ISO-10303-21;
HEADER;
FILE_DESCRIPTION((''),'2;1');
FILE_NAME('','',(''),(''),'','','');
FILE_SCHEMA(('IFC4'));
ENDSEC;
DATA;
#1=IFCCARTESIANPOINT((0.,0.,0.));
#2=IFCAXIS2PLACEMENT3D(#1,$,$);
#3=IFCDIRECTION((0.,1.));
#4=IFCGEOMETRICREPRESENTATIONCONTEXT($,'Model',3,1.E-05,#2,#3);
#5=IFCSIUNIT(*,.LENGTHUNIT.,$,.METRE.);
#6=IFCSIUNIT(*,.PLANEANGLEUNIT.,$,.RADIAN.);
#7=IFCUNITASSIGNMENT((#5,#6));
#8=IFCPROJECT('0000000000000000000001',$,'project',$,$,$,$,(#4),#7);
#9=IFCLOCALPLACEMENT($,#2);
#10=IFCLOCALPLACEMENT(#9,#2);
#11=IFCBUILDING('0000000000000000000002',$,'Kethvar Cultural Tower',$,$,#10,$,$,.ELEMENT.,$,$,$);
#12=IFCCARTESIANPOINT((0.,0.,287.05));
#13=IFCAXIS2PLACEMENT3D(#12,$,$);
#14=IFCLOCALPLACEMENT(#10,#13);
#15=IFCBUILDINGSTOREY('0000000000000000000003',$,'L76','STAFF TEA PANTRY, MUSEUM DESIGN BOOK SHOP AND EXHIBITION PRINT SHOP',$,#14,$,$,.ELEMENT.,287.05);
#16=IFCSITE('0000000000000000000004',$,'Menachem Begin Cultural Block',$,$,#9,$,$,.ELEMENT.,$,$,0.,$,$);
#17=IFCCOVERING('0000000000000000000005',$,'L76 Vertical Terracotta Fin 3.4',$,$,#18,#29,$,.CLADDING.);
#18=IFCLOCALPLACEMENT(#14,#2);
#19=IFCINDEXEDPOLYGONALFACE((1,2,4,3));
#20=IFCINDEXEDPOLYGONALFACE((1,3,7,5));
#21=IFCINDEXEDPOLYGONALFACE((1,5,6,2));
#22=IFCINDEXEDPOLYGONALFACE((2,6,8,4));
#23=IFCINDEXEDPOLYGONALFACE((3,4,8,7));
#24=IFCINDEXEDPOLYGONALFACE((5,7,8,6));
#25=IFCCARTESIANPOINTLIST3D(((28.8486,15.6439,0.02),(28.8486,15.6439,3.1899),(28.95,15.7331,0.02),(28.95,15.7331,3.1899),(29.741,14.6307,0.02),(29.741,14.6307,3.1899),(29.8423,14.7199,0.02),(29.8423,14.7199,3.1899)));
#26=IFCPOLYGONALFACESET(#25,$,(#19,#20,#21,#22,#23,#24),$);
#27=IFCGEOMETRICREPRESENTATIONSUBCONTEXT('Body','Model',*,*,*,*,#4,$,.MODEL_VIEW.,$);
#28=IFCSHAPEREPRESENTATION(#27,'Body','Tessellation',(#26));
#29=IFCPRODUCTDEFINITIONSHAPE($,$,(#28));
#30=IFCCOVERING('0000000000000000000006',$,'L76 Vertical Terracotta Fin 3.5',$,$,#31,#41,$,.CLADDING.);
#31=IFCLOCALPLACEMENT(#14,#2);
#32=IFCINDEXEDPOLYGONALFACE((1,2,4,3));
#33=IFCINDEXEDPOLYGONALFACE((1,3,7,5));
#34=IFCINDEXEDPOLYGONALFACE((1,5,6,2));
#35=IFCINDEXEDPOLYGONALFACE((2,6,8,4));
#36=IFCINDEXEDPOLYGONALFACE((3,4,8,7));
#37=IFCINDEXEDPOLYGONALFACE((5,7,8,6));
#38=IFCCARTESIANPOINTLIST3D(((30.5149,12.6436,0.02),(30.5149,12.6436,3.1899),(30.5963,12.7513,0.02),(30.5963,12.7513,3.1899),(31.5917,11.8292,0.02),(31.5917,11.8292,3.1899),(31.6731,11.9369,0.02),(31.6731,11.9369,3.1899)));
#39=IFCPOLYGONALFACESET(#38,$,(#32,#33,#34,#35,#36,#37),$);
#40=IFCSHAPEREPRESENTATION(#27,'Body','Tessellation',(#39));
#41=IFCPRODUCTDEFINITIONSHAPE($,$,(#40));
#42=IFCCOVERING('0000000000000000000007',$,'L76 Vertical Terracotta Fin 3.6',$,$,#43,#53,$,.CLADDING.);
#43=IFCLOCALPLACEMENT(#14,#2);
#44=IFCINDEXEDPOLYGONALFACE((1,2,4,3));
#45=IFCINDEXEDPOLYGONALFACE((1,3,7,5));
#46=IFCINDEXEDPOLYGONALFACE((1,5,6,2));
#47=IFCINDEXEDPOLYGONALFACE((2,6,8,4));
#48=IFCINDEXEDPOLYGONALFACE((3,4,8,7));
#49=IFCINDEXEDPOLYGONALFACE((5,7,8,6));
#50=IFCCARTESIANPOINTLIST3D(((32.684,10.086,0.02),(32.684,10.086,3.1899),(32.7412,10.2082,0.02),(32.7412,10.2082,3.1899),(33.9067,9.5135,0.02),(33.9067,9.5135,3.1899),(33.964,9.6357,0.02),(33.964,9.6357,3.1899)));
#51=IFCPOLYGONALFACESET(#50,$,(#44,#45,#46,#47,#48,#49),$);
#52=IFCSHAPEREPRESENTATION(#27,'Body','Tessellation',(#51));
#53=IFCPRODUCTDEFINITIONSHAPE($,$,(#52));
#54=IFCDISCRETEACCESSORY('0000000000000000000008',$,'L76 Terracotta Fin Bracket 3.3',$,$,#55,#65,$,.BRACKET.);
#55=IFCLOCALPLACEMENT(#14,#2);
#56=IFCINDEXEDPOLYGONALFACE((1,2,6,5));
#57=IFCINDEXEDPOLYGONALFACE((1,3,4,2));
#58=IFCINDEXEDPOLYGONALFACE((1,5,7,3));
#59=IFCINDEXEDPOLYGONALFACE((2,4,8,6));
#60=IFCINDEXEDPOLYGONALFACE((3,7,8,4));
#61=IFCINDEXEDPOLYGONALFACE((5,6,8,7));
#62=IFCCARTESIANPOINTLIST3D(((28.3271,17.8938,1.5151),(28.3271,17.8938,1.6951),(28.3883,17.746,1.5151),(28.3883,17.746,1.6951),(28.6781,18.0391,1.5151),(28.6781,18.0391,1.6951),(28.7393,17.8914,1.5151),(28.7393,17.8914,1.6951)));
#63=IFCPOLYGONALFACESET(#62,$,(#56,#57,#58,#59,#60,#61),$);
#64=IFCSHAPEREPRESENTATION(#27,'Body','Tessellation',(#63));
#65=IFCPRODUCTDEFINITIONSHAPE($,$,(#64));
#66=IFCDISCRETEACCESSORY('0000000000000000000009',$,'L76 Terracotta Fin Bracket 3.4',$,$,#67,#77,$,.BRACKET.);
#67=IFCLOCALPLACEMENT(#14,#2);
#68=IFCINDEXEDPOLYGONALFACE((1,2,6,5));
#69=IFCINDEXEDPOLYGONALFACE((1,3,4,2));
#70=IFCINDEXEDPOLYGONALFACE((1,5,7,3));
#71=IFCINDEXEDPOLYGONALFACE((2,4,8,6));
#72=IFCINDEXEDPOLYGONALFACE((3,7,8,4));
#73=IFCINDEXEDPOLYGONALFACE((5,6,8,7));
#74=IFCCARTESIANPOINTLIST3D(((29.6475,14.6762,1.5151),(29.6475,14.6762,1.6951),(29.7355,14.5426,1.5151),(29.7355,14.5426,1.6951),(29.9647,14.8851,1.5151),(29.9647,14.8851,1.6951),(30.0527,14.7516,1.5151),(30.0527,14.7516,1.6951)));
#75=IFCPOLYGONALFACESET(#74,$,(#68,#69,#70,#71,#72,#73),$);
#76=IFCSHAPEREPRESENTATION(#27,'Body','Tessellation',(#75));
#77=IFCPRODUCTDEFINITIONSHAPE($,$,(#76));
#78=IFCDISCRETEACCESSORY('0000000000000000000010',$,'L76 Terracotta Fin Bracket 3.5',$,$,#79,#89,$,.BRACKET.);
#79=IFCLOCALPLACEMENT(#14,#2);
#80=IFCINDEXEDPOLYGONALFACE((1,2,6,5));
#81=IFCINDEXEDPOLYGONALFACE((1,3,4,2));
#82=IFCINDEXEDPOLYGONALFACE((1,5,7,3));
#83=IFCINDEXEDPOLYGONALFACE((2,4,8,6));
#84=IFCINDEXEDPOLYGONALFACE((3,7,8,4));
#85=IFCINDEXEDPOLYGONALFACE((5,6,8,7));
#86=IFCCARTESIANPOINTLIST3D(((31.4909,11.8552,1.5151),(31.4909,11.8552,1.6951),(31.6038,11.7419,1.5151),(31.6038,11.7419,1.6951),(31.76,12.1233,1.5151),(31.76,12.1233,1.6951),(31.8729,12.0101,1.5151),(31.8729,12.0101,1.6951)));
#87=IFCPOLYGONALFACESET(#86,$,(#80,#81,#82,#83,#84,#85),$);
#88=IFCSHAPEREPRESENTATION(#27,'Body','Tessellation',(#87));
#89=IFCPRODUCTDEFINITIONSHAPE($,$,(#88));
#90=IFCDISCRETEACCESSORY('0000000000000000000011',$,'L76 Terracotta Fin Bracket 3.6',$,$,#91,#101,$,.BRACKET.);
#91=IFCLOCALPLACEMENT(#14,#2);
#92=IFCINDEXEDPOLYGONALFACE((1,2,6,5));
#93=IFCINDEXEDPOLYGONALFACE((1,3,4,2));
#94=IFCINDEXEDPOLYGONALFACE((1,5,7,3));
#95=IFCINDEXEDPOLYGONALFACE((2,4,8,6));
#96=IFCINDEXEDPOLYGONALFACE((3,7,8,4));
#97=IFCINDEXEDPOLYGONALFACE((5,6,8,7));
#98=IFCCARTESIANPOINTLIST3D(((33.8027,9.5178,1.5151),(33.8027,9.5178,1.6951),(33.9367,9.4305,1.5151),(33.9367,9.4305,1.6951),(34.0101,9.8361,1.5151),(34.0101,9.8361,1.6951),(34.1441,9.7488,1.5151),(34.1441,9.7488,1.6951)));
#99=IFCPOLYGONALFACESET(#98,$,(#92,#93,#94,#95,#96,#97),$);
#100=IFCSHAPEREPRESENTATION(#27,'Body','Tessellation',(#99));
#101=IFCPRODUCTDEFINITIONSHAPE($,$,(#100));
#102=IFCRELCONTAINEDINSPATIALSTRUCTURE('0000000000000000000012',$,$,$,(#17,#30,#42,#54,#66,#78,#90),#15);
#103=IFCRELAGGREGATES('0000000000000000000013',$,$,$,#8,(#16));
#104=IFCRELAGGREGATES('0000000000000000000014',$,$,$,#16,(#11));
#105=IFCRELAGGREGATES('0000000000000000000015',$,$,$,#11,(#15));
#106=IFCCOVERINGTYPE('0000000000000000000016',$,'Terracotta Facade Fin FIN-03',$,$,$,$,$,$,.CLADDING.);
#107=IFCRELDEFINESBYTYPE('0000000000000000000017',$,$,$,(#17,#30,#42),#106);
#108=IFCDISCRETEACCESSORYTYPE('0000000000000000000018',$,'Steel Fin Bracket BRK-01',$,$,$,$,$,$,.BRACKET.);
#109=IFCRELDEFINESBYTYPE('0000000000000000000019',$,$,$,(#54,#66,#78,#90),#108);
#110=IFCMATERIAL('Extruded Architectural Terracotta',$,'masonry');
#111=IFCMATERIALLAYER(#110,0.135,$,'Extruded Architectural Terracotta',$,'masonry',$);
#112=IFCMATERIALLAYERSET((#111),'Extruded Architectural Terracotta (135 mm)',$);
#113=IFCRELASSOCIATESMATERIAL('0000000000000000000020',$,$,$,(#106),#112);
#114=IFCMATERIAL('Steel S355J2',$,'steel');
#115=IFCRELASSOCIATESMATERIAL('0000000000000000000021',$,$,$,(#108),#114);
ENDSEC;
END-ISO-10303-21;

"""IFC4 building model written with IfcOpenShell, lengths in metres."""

from ifc_helpers import new_model, si_unit, direction, frame, origin, origin_2d, place, context, subcontext, project, spatial, rectangle, extrude, source, transform, mapped, material, layer, layer_set, type_object, element, save


model = new_model("IFC4")

# Units and contexts
model_context = context("Model", 3, precision=1e-05, world=origin(), true_north=direction((0.0, 1.0)))
body_context = subcontext(model_context, "Body", "Model", "MODEL_VIEW")
ifc_project = project(units=[si_unit("LENGTHUNIT", "METRE"), si_unit("PLANEANGLEUNIT", "RADIAN")], contexts=[model_context])

# Site, building, storey
site_placement = place(None, origin())
site = spatial("IfcSite", under=ifc_project, at=site_placement, Name="Menachem Begin Cultural Block", CompositionType="ELEMENT", RefElevation=0.0)
building_placement = place(site_placement, origin())
building = spatial("IfcBuilding", under=site, at=building_placement, Name="Kethvar Cultural Tower", CompositionType="ELEMENT")
storey_placement = place(building_placement, frame((0.0, 0.0, 287.05)))
storey = spatial("IfcBuildingStorey", under=building, at=storey_placement, Name="L76", Description="STAFF TEA PANTRY, MUSEUM DESIGN BOOK SHOP AND EXHIBITION PRINT SHOP", CompositionType="ELEMENT", Elevation=287.05)

# Shared definitions
ifc_material_1 = material(Name="Steel S355J2", Category="steel")

# Coverings
ifc_material_2 = material(Name="Extruded Architectural Terracotta", Category="masonry")
ifc_layer_1 = layer(ifc_material_2, 0.135, Name="Extruded Architectural Terracotta", Category="masonry")
ifc_layer_set_1 = layer_set([ifc_layer_1], Name="Extruded Architectural Terracotta (135 mm)")
covering_type = type_object("IfcCoveringType", Name="Terracotta Facade Fin FIN-03", PredefinedType="CLADDING", material=ifc_layer_set_1)
shared_shape_1 = source(origin(), body_context, "Body", "SweptSolid", [
    extrude(rectangle(XDim=1.3501, YDim=0.135, at=origin_2d()), origin(), (0.0, 0.0, 1.0), 3.1699),
])
for number, where, z_axis, x_axis, name in (
    (1, (29.3455, 15.1819, 0.02), (0.0, 0.0, 1.0), (-0.660919, 0.750457, 0.0), "L76 Vertical Terracotta Fin 3.4"),
    (2, (31.094, 12.2903, 0.02), (0.0, 0.0, 1.0), (-0.797584, 0.603208, 0.0), "L76 Vertical Terracotta Fin 3.5"),
    (3, (33.324, 9.8608, 0.02), (0.0, 0.0, 1.0), (-0.905643, 0.424041, 0.0), "L76 Vertical Terracotta Fin 3.6"),
):
    element("IfcCovering", number, at=place(storey_placement, frame(where, z_axis=z_axis, x_axis=x_axis)), inside=storey, type_object=covering_type, Name=name, PredefinedType="CLADDING", context=body_context, shape_type="MappedRepresentation", body=[
        mapped(shared_shape_1, transform((0.0, 0.0, 0.0), scale=1.0)),
    ])

# Discrete accessories
discrete_accessory_type = type_object("IfcDiscreteAccessoryType", Name="Steel Fin Bracket BRK-01", PredefinedType="BRACKET", material=ifc_material_1)
shared_shape_2 = source(origin(), body_context, "Body", "SweptSolid", [
    extrude(rectangle(XDim=0.3799, YDim=0.1599, at=origin_2d()), origin(), (0.0, 0.0, 1.0), 0.1799),
])
for number, where, z_axis, x_axis, name in (
    (4, (28.5332, 17.8926, 1.5151), (0.0, 0.0, 1.0), (-0.92388, -0.382683, 0.0), "L76 Terracotta Fin Bracket 3.3"),
    (5, (29.8501, 14.7139, 1.5151), (0.0, 0.0, 1.0), (-0.835136, -0.550044, 0.0), "L76 Terracotta Fin Bracket 3.4"),
    (6, (31.6819, 11.9326, 1.5151), (0.0, 0.0, 1.0), (-0.70834, -0.705872, 0.0), "L76 Terracotta Fin Bracket 3.5"),
    (7, (33.9734, 9.6333, 1.5151), (0.0, 0.0, 1.0), (-0.545956, -0.837814, 0.0), "L76 Terracotta Fin Bracket 3.6"),
):
    element("IfcDiscreteAccessory", number, at=place(storey_placement, frame(where, z_axis=z_axis, x_axis=x_axis)), inside=storey, type_object=discrete_accessory_type, Name=name, PredefinedType="BRACKET", context=body_context, shape_type="MappedRepresentation", body=[
        mapped(shared_shape_2, transform((0.0, 0.0, 0.0), scale=1.0)),
    ])

save(model, "model.ifc")
